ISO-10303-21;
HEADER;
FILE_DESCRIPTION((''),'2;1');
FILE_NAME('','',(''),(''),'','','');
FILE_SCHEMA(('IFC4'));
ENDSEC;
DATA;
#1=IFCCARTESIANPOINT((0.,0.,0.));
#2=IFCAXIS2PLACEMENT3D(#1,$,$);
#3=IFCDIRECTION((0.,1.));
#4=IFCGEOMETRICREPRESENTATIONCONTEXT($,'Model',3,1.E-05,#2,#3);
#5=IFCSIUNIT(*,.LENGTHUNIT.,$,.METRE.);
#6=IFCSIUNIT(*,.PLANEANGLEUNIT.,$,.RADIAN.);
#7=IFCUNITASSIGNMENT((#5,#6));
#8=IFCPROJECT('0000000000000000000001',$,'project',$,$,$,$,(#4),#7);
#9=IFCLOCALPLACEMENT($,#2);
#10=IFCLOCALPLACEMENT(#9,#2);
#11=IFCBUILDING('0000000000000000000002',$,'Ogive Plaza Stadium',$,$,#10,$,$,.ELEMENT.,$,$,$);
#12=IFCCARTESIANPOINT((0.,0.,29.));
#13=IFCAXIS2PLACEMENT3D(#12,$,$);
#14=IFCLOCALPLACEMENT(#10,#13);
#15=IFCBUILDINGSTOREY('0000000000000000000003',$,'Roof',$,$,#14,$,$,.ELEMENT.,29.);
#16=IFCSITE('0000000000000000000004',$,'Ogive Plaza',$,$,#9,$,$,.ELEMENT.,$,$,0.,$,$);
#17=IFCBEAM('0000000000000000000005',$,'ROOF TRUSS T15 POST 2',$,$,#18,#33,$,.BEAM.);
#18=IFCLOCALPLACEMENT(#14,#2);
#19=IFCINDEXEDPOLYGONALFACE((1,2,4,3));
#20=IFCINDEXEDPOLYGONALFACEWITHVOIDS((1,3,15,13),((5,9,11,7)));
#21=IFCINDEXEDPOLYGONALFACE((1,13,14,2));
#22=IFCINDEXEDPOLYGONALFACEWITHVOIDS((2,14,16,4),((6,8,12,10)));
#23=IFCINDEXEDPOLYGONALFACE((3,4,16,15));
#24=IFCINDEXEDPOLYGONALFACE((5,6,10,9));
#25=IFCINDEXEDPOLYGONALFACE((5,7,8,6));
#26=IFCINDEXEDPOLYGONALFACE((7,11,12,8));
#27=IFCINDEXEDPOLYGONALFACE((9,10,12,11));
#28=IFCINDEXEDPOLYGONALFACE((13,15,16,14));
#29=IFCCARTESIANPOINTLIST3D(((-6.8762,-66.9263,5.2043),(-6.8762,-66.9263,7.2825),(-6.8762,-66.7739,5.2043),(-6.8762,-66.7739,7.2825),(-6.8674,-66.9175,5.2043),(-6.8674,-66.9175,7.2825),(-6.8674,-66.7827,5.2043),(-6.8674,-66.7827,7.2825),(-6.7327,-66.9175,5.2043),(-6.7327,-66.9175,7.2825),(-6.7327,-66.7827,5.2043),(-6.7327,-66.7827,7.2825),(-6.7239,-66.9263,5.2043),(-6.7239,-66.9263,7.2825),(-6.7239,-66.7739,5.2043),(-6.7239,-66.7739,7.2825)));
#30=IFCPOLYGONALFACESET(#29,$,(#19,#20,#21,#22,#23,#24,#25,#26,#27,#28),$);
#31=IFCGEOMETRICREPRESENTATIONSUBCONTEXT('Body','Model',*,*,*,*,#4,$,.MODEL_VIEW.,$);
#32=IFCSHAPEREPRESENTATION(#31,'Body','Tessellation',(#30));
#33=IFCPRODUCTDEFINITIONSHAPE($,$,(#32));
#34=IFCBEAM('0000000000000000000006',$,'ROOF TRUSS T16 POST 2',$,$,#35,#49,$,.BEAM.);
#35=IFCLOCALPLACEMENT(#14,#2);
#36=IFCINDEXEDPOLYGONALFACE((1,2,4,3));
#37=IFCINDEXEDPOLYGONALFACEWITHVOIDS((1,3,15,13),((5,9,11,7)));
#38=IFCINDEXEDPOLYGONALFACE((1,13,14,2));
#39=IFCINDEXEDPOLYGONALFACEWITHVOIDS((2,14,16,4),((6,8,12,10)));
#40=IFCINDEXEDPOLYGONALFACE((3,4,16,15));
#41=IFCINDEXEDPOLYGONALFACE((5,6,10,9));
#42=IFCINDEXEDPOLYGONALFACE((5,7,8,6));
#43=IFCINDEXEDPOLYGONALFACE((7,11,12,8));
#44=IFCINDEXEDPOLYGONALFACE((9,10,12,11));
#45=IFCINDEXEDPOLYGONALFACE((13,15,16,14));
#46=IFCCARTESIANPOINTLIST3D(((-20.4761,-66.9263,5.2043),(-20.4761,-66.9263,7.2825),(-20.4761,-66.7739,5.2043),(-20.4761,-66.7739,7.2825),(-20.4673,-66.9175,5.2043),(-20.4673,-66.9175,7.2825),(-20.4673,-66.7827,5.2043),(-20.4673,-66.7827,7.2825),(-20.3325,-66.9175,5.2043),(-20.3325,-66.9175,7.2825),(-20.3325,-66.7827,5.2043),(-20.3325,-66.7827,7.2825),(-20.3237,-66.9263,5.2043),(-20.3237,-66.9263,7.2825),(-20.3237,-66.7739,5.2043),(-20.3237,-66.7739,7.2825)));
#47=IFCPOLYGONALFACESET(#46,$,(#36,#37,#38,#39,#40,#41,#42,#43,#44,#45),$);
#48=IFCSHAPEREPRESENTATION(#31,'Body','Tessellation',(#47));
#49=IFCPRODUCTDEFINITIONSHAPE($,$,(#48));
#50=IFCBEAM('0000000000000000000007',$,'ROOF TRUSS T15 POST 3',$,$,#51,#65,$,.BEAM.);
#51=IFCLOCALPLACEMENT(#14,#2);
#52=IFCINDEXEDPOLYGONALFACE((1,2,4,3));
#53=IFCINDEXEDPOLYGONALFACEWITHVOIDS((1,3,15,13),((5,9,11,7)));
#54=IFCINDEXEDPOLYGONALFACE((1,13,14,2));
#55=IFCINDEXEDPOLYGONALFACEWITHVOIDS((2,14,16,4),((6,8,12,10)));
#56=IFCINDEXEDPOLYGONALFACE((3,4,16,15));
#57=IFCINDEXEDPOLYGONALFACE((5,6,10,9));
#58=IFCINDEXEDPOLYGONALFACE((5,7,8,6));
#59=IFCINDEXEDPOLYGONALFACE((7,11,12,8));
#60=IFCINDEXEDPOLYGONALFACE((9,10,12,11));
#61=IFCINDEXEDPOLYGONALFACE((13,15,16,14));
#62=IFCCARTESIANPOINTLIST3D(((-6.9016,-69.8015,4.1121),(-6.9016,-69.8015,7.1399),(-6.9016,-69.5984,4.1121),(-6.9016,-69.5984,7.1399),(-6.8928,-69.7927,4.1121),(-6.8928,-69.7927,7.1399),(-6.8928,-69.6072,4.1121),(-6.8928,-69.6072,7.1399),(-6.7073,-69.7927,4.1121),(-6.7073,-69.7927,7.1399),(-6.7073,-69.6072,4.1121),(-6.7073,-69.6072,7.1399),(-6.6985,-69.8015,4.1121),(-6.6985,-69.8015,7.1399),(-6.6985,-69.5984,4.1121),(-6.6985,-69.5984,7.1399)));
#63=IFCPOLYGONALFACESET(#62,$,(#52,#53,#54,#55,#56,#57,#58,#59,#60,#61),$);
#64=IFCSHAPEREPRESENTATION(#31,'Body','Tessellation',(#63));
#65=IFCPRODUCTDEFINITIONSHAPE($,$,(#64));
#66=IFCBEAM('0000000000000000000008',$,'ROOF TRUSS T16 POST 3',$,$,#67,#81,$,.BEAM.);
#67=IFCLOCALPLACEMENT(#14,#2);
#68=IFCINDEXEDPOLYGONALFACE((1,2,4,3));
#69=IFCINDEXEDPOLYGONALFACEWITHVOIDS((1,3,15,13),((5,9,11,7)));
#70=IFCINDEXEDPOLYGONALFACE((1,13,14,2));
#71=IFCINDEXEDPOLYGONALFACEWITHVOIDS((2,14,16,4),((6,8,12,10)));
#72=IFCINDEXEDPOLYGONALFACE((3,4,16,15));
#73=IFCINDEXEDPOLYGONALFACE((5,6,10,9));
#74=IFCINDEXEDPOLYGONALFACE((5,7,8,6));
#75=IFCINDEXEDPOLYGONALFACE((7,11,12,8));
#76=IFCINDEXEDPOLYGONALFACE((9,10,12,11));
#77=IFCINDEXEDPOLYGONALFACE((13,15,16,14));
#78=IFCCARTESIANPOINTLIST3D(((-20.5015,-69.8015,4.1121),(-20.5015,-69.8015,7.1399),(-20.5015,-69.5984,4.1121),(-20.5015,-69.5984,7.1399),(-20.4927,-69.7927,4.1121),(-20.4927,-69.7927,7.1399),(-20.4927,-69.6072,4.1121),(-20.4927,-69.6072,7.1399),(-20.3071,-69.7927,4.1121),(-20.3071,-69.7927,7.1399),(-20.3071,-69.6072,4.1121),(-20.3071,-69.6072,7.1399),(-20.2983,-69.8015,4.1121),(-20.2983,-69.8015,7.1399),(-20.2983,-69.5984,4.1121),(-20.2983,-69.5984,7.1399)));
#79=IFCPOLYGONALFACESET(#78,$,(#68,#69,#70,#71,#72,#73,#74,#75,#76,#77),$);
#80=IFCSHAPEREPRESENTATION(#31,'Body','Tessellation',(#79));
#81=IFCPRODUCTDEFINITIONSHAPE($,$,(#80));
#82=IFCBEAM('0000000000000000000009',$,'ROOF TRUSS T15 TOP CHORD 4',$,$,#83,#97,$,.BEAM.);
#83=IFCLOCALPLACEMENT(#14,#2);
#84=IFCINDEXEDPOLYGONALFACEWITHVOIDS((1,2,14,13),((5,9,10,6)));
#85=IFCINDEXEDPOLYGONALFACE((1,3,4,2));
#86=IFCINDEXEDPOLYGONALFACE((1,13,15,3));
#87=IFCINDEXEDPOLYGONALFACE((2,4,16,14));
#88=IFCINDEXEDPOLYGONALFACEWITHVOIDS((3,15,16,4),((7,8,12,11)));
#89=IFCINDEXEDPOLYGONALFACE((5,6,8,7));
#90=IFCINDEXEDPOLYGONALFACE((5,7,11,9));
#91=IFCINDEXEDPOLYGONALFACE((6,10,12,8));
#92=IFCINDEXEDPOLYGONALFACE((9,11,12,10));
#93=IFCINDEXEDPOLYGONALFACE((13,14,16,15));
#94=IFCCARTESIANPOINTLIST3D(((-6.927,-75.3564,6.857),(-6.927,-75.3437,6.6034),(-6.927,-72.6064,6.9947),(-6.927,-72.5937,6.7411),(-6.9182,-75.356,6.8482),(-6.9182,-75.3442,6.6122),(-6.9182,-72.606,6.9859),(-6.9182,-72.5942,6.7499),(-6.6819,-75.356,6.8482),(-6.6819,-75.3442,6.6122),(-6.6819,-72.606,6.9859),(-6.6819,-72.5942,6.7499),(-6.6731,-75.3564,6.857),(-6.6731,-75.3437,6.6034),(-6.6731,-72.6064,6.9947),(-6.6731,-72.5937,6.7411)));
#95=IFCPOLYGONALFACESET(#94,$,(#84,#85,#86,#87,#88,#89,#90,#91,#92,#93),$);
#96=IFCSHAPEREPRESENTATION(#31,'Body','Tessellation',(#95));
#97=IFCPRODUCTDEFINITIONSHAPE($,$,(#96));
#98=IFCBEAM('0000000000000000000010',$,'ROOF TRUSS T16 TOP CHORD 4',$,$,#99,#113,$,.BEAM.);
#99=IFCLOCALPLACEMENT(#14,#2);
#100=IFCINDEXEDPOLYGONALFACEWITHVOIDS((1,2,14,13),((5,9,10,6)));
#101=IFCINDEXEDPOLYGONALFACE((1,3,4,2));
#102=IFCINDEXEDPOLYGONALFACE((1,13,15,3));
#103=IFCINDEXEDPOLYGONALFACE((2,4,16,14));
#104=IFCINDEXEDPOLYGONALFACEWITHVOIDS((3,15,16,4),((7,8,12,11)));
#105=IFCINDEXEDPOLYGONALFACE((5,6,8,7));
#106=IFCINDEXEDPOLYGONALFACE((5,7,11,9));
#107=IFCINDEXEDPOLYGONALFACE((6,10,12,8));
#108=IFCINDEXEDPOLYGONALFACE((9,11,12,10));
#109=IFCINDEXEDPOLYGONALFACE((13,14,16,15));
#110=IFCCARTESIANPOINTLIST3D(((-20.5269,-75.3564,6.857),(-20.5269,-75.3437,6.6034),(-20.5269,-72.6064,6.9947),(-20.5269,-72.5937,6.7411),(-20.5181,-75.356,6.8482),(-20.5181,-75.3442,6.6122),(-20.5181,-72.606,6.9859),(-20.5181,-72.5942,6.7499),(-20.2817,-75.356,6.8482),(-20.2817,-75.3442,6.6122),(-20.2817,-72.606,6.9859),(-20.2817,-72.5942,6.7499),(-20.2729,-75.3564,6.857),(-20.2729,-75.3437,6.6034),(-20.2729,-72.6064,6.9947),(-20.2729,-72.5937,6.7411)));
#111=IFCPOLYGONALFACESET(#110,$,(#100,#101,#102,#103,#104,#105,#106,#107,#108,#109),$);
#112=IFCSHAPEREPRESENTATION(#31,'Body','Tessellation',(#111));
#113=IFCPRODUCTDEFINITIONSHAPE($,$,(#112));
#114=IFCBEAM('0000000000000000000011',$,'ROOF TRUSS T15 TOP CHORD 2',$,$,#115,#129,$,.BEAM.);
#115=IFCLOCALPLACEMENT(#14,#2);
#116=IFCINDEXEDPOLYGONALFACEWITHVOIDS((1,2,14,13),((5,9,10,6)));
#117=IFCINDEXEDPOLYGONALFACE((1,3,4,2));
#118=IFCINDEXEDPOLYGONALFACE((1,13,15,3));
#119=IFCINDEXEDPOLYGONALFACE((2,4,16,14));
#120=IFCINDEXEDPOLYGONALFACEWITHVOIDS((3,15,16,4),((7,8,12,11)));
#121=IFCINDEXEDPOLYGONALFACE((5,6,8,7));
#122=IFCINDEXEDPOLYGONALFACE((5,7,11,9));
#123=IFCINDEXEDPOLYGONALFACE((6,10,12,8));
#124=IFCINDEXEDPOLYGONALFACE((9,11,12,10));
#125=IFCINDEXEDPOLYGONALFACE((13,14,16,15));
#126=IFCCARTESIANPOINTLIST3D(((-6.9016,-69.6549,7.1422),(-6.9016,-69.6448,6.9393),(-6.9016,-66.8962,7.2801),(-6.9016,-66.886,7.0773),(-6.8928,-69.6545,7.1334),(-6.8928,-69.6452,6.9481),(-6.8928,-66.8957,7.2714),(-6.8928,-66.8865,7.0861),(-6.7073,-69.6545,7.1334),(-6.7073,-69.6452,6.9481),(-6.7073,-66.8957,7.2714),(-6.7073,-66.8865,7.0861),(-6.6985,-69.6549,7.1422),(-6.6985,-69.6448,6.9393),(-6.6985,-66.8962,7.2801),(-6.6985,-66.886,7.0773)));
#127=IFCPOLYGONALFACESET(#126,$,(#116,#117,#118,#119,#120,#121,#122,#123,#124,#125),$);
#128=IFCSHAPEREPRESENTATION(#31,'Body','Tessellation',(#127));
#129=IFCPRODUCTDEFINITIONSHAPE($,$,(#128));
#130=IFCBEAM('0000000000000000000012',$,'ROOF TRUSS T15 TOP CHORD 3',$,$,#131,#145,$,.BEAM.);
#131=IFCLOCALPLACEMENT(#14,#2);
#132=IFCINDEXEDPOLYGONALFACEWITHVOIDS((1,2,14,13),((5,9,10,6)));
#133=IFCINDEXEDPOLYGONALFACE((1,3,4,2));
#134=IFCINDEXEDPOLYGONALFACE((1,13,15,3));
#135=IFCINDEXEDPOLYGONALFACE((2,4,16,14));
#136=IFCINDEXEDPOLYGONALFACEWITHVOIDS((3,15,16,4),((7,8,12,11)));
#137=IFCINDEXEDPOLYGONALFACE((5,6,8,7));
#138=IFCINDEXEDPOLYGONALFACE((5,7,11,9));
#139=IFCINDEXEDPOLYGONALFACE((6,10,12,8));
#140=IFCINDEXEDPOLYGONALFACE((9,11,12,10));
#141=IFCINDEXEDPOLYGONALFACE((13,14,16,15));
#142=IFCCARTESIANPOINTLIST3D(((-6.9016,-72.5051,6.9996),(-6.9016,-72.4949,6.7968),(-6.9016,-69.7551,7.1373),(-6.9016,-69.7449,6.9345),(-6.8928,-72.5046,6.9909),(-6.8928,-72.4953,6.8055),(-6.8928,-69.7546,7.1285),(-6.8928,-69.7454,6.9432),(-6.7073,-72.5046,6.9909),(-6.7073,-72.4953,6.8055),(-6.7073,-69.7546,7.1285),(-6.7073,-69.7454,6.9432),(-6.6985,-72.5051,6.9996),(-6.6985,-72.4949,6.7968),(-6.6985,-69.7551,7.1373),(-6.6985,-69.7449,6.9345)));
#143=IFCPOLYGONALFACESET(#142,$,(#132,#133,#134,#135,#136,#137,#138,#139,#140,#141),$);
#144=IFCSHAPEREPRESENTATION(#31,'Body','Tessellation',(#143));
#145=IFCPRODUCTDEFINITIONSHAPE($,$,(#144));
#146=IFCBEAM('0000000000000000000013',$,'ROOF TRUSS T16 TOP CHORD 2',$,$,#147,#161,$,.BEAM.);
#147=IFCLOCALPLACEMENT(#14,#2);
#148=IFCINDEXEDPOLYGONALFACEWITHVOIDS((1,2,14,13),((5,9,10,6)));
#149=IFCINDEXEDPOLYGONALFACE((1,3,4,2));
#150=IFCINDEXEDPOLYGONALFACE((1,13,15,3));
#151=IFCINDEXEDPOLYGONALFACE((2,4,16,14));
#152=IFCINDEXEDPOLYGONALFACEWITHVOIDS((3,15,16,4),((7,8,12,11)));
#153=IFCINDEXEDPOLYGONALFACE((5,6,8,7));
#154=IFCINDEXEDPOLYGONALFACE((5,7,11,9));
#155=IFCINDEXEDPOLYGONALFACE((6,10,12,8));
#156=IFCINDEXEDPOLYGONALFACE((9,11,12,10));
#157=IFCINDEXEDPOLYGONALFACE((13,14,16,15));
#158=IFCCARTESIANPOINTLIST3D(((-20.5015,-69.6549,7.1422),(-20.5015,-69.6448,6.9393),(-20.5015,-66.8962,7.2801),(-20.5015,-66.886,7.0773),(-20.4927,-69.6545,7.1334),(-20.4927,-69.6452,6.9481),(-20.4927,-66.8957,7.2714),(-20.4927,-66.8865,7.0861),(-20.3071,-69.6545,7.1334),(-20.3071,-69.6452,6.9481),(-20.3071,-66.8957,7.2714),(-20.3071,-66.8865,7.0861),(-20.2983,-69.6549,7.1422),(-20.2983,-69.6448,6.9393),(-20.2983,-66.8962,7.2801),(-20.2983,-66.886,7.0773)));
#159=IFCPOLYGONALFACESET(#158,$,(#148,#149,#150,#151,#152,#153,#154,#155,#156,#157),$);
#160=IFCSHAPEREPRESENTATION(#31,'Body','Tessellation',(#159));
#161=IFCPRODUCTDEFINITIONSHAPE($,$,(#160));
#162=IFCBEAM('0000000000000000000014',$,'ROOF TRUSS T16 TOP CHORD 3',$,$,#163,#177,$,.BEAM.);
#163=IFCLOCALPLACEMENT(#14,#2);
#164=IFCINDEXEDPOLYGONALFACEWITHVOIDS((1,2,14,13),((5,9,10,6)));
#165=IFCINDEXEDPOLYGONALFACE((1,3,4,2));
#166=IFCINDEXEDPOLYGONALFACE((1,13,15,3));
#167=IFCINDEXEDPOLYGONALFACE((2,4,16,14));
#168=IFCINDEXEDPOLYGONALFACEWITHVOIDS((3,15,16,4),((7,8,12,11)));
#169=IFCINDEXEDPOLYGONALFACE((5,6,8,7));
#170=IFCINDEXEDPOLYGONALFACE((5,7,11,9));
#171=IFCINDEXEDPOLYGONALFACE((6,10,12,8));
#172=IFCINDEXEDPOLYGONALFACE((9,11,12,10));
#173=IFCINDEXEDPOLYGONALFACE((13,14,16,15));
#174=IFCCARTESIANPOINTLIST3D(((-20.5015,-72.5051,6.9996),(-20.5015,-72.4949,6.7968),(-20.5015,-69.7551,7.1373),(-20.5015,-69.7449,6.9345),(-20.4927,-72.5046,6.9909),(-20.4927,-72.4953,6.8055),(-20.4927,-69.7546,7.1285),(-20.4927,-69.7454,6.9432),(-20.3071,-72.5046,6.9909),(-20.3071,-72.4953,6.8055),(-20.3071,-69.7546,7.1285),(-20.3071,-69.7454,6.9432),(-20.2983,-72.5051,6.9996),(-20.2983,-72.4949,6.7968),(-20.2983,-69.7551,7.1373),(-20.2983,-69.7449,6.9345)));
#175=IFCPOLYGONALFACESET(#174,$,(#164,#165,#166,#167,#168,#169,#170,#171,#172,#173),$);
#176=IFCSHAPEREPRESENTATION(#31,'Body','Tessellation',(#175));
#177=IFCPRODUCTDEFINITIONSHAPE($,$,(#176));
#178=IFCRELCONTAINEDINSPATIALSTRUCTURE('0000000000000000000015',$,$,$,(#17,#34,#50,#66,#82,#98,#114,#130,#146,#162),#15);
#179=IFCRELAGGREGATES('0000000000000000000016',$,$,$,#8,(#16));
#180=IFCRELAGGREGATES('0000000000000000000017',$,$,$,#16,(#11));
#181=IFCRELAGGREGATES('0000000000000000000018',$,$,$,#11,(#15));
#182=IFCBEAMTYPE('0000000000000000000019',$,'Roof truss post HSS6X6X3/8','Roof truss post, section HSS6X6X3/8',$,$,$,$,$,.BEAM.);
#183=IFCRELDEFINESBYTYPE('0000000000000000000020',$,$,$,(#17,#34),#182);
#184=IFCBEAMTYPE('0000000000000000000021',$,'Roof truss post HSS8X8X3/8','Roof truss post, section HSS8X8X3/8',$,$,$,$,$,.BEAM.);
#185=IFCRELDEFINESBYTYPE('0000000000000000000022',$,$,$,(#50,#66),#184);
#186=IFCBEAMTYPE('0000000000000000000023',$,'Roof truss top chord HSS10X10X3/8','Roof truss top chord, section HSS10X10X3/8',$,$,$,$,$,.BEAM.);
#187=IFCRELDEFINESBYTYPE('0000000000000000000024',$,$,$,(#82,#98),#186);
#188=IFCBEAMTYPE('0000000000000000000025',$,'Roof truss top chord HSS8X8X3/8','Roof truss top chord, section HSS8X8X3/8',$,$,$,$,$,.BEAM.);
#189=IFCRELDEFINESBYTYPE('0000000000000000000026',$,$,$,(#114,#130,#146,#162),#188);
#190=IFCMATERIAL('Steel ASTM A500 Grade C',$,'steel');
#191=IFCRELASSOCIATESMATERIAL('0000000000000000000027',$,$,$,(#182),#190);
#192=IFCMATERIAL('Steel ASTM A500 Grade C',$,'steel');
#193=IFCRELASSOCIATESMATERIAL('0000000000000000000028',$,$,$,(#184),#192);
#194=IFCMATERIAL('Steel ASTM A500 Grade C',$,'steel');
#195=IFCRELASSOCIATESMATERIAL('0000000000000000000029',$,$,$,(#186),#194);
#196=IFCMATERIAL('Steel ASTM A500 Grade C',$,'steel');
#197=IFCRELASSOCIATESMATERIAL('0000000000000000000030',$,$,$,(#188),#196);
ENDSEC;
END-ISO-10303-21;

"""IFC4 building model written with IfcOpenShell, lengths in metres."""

from ifc_helpers import new_model, si_unit, direction, frame, origin, origin_2d, place, context, subcontext, project, spatial, hollow_rectangle, extrude, material, material_profile, profile_set, type_object, element, save


model = new_model("IFC4")

# Units and contexts
model_context = context("Model", 3, precision=1e-05, world=origin(), true_north=direction((0.0, 1.0)))
body_context = subcontext(model_context, "Body", "Model", "MODEL_VIEW")
ifc_project = project(units=[si_unit("LENGTHUNIT", "METRE"), si_unit("PLANEANGLEUNIT", "RADIAN")], contexts=[model_context])

# Site, building, storey
site_placement = place(None, origin())
site = spatial("IfcSite", under=ifc_project, at=site_placement, Name="Ogive Plaza", CompositionType="ELEMENT", RefElevation=0.0)
building_placement = place(site_placement, origin())
building = spatial("IfcBuilding", under=site, at=building_placement, Name="Ogive Plaza Stadium", CompositionType="ELEMENT")
storey_placement = place(building_placement, frame((0.0, 0.0, 29.0)))
storey = spatial("IfcBuildingStorey", under=building, at=storey_placement, Name="Roof", CompositionType="ELEMENT", Elevation=29.0)

# Beams
ifc_material_1 = material(Name="Steel ASTM A500 Grade C", Category="steel")
ifc_material_profile_1 = material_profile(ifc_material_1, hollow_rectangle(XDim=0.1523, YDim=0.1523, WallThickness=0.0088, at=origin_2d()), Name="HSS6X6X3/8")
ifc_profile_set_1 = profile_set([ifc_material_profile_1], Name="Steel ASTM A500 Grade C")
beam_type_1 = type_object("IfcBeamType", Name="Roof truss post HSS6X6X3/8", Description="Roof truss post, section HSS6X6X3/8", PredefinedType="BEAM", material=ifc_profile_set_1)
for number, where, z_axis, x_axis, name in (
    (1, (-6.8, -66.8501, 5.2043), (0.0, 0.0, 1.0), (1.0, 0.0, 0.0), "ROOF TRUSS T15 POST 2"),
    (2, (-20.3999, -66.8501, 5.2043), (0.0, 0.0, 1.0), (1.0, 0.0, 0.0), "ROOF TRUSS T16 POST 2"),
):
    element("IfcBeam", number, at=place(storey_placement, frame(where, z_axis=z_axis, x_axis=x_axis)), inside=storey, type_object=beam_type_1, Name=name, PredefinedType="BEAM", context=body_context, shape_type="SweptSolid", body=[
        extrude(hollow_rectangle(XDim=0.1523, YDim=0.1523, WallThickness=0.0088, at=origin_2d()), origin(), (0.0, 0.0, 1.0), 2.0781),
    ])
ifc_material_2 = material(Name="Steel ASTM A500 Grade C", Category="steel")
ifc_material_profile_2 = material_profile(ifc_material_2, hollow_rectangle(XDim=0.2031, YDim=0.2031, WallThickness=0.0088, at=origin_2d()), Name="HSS8X8X3/8")
ifc_profile_set_2 = profile_set([ifc_material_profile_2], Name="Steel ASTM A500 Grade C")
beam_type_2 = type_object("IfcBeamType", Name="Roof truss post HSS8X8X3/8", Description="Roof truss post, section HSS8X8X3/8", PredefinedType="BEAM", material=ifc_profile_set_2)
for number, where, z_axis, x_axis, name in (
    (3, (-6.8, -69.7, 4.1121), (0.0, 0.0, 1.0), (1.0, 0.0, 0.0), "ROOF TRUSS T15 POST 3"),
    (4, (-20.3999, -69.7, 4.1121), (0.0, 0.0, 1.0), (1.0, 0.0, 0.0), "ROOF TRUSS T16 POST 3"),
):
    element("IfcBeam", number, at=place(storey_placement, frame(where, z_axis=z_axis, x_axis=x_axis)), inside=storey, type_object=beam_type_2, Name=name, PredefinedType="BEAM", context=body_context, shape_type="SweptSolid", body=[
        extrude(hollow_rectangle(XDim=0.2031, YDim=0.2031, WallThickness=0.0088, at=origin_2d()), origin(), (0.0, 0.0, 1.0), 3.0278),
    ])
ifc_material_3 = material(Name="Steel ASTM A500 Grade C", Category="steel")
ifc_material_profile_3 = material_profile(ifc_material_3, hollow_rectangle(XDim=0.2539, YDim=0.2539, WallThickness=0.0088, at=origin_2d()), Name="HSS10X10X3/8")
ifc_profile_set_3 = profile_set([ifc_material_profile_3], Name="Steel ASTM A500 Grade C")
beam_type_3 = type_object("IfcBeamType", Name="Roof truss top chord HSS10X10X3/8", Description="Roof truss top chord, section HSS10X10X3/8", PredefinedType="BEAM", material=ifc_profile_set_3)
for number, where, z_axis, x_axis, name in (
    (5, (-6.8, -72.6001, 6.8679), (0.0, -0.998749, -0.050008), (1.0, 0.0, 0.0), "ROOF TRUSS T15 TOP CHORD 4"),
    (6, (-20.3999, -72.6001, 6.8679), (0.0, -0.998749, -0.050008), (1.0, 0.0, 0.0), "ROOF TRUSS T16 TOP CHORD 4"),
):
    element("IfcBeam", number, at=place(storey_placement, frame(where, z_axis=z_axis, x_axis=x_axis)), inside=storey, type_object=beam_type_3, Name=name, PredefinedType="BEAM", context=body_context, shape_type="SweptSolid", body=[
        extrude(hollow_rectangle(XDim=0.2539, YDim=0.2539, WallThickness=0.0088, at=origin_2d()), origin(), (0.0, 0.0, 1.0), 2.7534),
    ])
ifc_material_4 = material(Name="Steel ASTM A500 Grade C", Category="steel")
ifc_material_profile_4 = material_profile(ifc_material_4, hollow_rectangle(XDim=0.2031, YDim=0.2031, WallThickness=0.0088, at=origin_2d()), Name="HSS8X8X3/8")
ifc_profile_set_4 = profile_set([ifc_material_profile_4], Name="Steel ASTM A500 Grade C")
beam_type_4 = type_object("IfcBeamType", Name="Roof truss top chord HSS8X8X3/8", Description="Roof truss top chord, section HSS8X8X3/8", PredefinedType="BEAM", material=ifc_profile_set_4)
beam_1_placement = place(storey_placement, frame((-6.8, -66.8911, 7.1787), z_axis=(0.0, -0.998752, -0.049938), x_axis=(1.0, 0.0, 0.0)))
element("IfcBeam", 7, at=beam_1_placement, inside=storey, type_object=beam_type_4, Name="ROOF TRUSS T15 TOP CHORD 2", PredefinedType="BEAM", context=body_context, shape_type="SweptSolid", body=[
    extrude(hollow_rectangle(XDim=0.2031, YDim=0.2031, WallThickness=0.0088, at=origin_2d()), origin(), (0.0, 0.0, 1.0), 2.7622),
])
beam_2_placement = place(storey_placement, frame((-6.8, -69.75, 7.0359), z_axis=(0.0, -0.998749, -0.050008), x_axis=(1.0, 0.0, 0.0)))
element("IfcBeam", 8, at=beam_2_placement, inside=storey, type_object=beam_type_4, Name="ROOF TRUSS T15 TOP CHORD 3", PredefinedType="BEAM", context=body_context, shape_type="SweptSolid", body=[
    extrude(hollow_rectangle(XDim=0.2031, YDim=0.2031, WallThickness=0.0088, at=origin_2d()), origin(), (0.0, 0.0, 1.0), 2.7534),
])
beam_3_placement = place(storey_placement, frame((-20.3999, -66.8911, 7.1787), z_axis=(0.0, -0.998752, -0.049938), x_axis=(1.0, 0.0, 0.0)))
element("IfcBeam", 9, at=beam_3_placement, inside=storey, type_object=beam_type_4, Name="ROOF TRUSS T16 TOP CHORD 2", PredefinedType="BEAM", context=body_context, shape_type="SweptSolid", body=[
    extrude(hollow_rectangle(XDim=0.2031, YDim=0.2031, WallThickness=0.0088, at=origin_2d()), origin(), (0.0, 0.0, 1.0), 2.7622),
])
beam_4_placement = place(storey_placement, frame((-20.3999, -69.75, 7.0359), z_axis=(0.0, -0.998749, -0.050008), x_axis=(1.0, 0.0, 0.0)))
element("IfcBeam", 10, at=beam_4_placement, inside=storey, type_object=beam_type_4, Name="ROOF TRUSS T16 TOP CHORD 3", PredefinedType="BEAM", context=body_context, shape_type="SweptSolid", body=[
    extrude(hollow_rectangle(XDim=0.2031, YDim=0.2031, WallThickness=0.0088, at=origin_2d()), origin(), (0.0, 0.0, 1.0), 2.7534),
])

save(model, "model.ifc")
